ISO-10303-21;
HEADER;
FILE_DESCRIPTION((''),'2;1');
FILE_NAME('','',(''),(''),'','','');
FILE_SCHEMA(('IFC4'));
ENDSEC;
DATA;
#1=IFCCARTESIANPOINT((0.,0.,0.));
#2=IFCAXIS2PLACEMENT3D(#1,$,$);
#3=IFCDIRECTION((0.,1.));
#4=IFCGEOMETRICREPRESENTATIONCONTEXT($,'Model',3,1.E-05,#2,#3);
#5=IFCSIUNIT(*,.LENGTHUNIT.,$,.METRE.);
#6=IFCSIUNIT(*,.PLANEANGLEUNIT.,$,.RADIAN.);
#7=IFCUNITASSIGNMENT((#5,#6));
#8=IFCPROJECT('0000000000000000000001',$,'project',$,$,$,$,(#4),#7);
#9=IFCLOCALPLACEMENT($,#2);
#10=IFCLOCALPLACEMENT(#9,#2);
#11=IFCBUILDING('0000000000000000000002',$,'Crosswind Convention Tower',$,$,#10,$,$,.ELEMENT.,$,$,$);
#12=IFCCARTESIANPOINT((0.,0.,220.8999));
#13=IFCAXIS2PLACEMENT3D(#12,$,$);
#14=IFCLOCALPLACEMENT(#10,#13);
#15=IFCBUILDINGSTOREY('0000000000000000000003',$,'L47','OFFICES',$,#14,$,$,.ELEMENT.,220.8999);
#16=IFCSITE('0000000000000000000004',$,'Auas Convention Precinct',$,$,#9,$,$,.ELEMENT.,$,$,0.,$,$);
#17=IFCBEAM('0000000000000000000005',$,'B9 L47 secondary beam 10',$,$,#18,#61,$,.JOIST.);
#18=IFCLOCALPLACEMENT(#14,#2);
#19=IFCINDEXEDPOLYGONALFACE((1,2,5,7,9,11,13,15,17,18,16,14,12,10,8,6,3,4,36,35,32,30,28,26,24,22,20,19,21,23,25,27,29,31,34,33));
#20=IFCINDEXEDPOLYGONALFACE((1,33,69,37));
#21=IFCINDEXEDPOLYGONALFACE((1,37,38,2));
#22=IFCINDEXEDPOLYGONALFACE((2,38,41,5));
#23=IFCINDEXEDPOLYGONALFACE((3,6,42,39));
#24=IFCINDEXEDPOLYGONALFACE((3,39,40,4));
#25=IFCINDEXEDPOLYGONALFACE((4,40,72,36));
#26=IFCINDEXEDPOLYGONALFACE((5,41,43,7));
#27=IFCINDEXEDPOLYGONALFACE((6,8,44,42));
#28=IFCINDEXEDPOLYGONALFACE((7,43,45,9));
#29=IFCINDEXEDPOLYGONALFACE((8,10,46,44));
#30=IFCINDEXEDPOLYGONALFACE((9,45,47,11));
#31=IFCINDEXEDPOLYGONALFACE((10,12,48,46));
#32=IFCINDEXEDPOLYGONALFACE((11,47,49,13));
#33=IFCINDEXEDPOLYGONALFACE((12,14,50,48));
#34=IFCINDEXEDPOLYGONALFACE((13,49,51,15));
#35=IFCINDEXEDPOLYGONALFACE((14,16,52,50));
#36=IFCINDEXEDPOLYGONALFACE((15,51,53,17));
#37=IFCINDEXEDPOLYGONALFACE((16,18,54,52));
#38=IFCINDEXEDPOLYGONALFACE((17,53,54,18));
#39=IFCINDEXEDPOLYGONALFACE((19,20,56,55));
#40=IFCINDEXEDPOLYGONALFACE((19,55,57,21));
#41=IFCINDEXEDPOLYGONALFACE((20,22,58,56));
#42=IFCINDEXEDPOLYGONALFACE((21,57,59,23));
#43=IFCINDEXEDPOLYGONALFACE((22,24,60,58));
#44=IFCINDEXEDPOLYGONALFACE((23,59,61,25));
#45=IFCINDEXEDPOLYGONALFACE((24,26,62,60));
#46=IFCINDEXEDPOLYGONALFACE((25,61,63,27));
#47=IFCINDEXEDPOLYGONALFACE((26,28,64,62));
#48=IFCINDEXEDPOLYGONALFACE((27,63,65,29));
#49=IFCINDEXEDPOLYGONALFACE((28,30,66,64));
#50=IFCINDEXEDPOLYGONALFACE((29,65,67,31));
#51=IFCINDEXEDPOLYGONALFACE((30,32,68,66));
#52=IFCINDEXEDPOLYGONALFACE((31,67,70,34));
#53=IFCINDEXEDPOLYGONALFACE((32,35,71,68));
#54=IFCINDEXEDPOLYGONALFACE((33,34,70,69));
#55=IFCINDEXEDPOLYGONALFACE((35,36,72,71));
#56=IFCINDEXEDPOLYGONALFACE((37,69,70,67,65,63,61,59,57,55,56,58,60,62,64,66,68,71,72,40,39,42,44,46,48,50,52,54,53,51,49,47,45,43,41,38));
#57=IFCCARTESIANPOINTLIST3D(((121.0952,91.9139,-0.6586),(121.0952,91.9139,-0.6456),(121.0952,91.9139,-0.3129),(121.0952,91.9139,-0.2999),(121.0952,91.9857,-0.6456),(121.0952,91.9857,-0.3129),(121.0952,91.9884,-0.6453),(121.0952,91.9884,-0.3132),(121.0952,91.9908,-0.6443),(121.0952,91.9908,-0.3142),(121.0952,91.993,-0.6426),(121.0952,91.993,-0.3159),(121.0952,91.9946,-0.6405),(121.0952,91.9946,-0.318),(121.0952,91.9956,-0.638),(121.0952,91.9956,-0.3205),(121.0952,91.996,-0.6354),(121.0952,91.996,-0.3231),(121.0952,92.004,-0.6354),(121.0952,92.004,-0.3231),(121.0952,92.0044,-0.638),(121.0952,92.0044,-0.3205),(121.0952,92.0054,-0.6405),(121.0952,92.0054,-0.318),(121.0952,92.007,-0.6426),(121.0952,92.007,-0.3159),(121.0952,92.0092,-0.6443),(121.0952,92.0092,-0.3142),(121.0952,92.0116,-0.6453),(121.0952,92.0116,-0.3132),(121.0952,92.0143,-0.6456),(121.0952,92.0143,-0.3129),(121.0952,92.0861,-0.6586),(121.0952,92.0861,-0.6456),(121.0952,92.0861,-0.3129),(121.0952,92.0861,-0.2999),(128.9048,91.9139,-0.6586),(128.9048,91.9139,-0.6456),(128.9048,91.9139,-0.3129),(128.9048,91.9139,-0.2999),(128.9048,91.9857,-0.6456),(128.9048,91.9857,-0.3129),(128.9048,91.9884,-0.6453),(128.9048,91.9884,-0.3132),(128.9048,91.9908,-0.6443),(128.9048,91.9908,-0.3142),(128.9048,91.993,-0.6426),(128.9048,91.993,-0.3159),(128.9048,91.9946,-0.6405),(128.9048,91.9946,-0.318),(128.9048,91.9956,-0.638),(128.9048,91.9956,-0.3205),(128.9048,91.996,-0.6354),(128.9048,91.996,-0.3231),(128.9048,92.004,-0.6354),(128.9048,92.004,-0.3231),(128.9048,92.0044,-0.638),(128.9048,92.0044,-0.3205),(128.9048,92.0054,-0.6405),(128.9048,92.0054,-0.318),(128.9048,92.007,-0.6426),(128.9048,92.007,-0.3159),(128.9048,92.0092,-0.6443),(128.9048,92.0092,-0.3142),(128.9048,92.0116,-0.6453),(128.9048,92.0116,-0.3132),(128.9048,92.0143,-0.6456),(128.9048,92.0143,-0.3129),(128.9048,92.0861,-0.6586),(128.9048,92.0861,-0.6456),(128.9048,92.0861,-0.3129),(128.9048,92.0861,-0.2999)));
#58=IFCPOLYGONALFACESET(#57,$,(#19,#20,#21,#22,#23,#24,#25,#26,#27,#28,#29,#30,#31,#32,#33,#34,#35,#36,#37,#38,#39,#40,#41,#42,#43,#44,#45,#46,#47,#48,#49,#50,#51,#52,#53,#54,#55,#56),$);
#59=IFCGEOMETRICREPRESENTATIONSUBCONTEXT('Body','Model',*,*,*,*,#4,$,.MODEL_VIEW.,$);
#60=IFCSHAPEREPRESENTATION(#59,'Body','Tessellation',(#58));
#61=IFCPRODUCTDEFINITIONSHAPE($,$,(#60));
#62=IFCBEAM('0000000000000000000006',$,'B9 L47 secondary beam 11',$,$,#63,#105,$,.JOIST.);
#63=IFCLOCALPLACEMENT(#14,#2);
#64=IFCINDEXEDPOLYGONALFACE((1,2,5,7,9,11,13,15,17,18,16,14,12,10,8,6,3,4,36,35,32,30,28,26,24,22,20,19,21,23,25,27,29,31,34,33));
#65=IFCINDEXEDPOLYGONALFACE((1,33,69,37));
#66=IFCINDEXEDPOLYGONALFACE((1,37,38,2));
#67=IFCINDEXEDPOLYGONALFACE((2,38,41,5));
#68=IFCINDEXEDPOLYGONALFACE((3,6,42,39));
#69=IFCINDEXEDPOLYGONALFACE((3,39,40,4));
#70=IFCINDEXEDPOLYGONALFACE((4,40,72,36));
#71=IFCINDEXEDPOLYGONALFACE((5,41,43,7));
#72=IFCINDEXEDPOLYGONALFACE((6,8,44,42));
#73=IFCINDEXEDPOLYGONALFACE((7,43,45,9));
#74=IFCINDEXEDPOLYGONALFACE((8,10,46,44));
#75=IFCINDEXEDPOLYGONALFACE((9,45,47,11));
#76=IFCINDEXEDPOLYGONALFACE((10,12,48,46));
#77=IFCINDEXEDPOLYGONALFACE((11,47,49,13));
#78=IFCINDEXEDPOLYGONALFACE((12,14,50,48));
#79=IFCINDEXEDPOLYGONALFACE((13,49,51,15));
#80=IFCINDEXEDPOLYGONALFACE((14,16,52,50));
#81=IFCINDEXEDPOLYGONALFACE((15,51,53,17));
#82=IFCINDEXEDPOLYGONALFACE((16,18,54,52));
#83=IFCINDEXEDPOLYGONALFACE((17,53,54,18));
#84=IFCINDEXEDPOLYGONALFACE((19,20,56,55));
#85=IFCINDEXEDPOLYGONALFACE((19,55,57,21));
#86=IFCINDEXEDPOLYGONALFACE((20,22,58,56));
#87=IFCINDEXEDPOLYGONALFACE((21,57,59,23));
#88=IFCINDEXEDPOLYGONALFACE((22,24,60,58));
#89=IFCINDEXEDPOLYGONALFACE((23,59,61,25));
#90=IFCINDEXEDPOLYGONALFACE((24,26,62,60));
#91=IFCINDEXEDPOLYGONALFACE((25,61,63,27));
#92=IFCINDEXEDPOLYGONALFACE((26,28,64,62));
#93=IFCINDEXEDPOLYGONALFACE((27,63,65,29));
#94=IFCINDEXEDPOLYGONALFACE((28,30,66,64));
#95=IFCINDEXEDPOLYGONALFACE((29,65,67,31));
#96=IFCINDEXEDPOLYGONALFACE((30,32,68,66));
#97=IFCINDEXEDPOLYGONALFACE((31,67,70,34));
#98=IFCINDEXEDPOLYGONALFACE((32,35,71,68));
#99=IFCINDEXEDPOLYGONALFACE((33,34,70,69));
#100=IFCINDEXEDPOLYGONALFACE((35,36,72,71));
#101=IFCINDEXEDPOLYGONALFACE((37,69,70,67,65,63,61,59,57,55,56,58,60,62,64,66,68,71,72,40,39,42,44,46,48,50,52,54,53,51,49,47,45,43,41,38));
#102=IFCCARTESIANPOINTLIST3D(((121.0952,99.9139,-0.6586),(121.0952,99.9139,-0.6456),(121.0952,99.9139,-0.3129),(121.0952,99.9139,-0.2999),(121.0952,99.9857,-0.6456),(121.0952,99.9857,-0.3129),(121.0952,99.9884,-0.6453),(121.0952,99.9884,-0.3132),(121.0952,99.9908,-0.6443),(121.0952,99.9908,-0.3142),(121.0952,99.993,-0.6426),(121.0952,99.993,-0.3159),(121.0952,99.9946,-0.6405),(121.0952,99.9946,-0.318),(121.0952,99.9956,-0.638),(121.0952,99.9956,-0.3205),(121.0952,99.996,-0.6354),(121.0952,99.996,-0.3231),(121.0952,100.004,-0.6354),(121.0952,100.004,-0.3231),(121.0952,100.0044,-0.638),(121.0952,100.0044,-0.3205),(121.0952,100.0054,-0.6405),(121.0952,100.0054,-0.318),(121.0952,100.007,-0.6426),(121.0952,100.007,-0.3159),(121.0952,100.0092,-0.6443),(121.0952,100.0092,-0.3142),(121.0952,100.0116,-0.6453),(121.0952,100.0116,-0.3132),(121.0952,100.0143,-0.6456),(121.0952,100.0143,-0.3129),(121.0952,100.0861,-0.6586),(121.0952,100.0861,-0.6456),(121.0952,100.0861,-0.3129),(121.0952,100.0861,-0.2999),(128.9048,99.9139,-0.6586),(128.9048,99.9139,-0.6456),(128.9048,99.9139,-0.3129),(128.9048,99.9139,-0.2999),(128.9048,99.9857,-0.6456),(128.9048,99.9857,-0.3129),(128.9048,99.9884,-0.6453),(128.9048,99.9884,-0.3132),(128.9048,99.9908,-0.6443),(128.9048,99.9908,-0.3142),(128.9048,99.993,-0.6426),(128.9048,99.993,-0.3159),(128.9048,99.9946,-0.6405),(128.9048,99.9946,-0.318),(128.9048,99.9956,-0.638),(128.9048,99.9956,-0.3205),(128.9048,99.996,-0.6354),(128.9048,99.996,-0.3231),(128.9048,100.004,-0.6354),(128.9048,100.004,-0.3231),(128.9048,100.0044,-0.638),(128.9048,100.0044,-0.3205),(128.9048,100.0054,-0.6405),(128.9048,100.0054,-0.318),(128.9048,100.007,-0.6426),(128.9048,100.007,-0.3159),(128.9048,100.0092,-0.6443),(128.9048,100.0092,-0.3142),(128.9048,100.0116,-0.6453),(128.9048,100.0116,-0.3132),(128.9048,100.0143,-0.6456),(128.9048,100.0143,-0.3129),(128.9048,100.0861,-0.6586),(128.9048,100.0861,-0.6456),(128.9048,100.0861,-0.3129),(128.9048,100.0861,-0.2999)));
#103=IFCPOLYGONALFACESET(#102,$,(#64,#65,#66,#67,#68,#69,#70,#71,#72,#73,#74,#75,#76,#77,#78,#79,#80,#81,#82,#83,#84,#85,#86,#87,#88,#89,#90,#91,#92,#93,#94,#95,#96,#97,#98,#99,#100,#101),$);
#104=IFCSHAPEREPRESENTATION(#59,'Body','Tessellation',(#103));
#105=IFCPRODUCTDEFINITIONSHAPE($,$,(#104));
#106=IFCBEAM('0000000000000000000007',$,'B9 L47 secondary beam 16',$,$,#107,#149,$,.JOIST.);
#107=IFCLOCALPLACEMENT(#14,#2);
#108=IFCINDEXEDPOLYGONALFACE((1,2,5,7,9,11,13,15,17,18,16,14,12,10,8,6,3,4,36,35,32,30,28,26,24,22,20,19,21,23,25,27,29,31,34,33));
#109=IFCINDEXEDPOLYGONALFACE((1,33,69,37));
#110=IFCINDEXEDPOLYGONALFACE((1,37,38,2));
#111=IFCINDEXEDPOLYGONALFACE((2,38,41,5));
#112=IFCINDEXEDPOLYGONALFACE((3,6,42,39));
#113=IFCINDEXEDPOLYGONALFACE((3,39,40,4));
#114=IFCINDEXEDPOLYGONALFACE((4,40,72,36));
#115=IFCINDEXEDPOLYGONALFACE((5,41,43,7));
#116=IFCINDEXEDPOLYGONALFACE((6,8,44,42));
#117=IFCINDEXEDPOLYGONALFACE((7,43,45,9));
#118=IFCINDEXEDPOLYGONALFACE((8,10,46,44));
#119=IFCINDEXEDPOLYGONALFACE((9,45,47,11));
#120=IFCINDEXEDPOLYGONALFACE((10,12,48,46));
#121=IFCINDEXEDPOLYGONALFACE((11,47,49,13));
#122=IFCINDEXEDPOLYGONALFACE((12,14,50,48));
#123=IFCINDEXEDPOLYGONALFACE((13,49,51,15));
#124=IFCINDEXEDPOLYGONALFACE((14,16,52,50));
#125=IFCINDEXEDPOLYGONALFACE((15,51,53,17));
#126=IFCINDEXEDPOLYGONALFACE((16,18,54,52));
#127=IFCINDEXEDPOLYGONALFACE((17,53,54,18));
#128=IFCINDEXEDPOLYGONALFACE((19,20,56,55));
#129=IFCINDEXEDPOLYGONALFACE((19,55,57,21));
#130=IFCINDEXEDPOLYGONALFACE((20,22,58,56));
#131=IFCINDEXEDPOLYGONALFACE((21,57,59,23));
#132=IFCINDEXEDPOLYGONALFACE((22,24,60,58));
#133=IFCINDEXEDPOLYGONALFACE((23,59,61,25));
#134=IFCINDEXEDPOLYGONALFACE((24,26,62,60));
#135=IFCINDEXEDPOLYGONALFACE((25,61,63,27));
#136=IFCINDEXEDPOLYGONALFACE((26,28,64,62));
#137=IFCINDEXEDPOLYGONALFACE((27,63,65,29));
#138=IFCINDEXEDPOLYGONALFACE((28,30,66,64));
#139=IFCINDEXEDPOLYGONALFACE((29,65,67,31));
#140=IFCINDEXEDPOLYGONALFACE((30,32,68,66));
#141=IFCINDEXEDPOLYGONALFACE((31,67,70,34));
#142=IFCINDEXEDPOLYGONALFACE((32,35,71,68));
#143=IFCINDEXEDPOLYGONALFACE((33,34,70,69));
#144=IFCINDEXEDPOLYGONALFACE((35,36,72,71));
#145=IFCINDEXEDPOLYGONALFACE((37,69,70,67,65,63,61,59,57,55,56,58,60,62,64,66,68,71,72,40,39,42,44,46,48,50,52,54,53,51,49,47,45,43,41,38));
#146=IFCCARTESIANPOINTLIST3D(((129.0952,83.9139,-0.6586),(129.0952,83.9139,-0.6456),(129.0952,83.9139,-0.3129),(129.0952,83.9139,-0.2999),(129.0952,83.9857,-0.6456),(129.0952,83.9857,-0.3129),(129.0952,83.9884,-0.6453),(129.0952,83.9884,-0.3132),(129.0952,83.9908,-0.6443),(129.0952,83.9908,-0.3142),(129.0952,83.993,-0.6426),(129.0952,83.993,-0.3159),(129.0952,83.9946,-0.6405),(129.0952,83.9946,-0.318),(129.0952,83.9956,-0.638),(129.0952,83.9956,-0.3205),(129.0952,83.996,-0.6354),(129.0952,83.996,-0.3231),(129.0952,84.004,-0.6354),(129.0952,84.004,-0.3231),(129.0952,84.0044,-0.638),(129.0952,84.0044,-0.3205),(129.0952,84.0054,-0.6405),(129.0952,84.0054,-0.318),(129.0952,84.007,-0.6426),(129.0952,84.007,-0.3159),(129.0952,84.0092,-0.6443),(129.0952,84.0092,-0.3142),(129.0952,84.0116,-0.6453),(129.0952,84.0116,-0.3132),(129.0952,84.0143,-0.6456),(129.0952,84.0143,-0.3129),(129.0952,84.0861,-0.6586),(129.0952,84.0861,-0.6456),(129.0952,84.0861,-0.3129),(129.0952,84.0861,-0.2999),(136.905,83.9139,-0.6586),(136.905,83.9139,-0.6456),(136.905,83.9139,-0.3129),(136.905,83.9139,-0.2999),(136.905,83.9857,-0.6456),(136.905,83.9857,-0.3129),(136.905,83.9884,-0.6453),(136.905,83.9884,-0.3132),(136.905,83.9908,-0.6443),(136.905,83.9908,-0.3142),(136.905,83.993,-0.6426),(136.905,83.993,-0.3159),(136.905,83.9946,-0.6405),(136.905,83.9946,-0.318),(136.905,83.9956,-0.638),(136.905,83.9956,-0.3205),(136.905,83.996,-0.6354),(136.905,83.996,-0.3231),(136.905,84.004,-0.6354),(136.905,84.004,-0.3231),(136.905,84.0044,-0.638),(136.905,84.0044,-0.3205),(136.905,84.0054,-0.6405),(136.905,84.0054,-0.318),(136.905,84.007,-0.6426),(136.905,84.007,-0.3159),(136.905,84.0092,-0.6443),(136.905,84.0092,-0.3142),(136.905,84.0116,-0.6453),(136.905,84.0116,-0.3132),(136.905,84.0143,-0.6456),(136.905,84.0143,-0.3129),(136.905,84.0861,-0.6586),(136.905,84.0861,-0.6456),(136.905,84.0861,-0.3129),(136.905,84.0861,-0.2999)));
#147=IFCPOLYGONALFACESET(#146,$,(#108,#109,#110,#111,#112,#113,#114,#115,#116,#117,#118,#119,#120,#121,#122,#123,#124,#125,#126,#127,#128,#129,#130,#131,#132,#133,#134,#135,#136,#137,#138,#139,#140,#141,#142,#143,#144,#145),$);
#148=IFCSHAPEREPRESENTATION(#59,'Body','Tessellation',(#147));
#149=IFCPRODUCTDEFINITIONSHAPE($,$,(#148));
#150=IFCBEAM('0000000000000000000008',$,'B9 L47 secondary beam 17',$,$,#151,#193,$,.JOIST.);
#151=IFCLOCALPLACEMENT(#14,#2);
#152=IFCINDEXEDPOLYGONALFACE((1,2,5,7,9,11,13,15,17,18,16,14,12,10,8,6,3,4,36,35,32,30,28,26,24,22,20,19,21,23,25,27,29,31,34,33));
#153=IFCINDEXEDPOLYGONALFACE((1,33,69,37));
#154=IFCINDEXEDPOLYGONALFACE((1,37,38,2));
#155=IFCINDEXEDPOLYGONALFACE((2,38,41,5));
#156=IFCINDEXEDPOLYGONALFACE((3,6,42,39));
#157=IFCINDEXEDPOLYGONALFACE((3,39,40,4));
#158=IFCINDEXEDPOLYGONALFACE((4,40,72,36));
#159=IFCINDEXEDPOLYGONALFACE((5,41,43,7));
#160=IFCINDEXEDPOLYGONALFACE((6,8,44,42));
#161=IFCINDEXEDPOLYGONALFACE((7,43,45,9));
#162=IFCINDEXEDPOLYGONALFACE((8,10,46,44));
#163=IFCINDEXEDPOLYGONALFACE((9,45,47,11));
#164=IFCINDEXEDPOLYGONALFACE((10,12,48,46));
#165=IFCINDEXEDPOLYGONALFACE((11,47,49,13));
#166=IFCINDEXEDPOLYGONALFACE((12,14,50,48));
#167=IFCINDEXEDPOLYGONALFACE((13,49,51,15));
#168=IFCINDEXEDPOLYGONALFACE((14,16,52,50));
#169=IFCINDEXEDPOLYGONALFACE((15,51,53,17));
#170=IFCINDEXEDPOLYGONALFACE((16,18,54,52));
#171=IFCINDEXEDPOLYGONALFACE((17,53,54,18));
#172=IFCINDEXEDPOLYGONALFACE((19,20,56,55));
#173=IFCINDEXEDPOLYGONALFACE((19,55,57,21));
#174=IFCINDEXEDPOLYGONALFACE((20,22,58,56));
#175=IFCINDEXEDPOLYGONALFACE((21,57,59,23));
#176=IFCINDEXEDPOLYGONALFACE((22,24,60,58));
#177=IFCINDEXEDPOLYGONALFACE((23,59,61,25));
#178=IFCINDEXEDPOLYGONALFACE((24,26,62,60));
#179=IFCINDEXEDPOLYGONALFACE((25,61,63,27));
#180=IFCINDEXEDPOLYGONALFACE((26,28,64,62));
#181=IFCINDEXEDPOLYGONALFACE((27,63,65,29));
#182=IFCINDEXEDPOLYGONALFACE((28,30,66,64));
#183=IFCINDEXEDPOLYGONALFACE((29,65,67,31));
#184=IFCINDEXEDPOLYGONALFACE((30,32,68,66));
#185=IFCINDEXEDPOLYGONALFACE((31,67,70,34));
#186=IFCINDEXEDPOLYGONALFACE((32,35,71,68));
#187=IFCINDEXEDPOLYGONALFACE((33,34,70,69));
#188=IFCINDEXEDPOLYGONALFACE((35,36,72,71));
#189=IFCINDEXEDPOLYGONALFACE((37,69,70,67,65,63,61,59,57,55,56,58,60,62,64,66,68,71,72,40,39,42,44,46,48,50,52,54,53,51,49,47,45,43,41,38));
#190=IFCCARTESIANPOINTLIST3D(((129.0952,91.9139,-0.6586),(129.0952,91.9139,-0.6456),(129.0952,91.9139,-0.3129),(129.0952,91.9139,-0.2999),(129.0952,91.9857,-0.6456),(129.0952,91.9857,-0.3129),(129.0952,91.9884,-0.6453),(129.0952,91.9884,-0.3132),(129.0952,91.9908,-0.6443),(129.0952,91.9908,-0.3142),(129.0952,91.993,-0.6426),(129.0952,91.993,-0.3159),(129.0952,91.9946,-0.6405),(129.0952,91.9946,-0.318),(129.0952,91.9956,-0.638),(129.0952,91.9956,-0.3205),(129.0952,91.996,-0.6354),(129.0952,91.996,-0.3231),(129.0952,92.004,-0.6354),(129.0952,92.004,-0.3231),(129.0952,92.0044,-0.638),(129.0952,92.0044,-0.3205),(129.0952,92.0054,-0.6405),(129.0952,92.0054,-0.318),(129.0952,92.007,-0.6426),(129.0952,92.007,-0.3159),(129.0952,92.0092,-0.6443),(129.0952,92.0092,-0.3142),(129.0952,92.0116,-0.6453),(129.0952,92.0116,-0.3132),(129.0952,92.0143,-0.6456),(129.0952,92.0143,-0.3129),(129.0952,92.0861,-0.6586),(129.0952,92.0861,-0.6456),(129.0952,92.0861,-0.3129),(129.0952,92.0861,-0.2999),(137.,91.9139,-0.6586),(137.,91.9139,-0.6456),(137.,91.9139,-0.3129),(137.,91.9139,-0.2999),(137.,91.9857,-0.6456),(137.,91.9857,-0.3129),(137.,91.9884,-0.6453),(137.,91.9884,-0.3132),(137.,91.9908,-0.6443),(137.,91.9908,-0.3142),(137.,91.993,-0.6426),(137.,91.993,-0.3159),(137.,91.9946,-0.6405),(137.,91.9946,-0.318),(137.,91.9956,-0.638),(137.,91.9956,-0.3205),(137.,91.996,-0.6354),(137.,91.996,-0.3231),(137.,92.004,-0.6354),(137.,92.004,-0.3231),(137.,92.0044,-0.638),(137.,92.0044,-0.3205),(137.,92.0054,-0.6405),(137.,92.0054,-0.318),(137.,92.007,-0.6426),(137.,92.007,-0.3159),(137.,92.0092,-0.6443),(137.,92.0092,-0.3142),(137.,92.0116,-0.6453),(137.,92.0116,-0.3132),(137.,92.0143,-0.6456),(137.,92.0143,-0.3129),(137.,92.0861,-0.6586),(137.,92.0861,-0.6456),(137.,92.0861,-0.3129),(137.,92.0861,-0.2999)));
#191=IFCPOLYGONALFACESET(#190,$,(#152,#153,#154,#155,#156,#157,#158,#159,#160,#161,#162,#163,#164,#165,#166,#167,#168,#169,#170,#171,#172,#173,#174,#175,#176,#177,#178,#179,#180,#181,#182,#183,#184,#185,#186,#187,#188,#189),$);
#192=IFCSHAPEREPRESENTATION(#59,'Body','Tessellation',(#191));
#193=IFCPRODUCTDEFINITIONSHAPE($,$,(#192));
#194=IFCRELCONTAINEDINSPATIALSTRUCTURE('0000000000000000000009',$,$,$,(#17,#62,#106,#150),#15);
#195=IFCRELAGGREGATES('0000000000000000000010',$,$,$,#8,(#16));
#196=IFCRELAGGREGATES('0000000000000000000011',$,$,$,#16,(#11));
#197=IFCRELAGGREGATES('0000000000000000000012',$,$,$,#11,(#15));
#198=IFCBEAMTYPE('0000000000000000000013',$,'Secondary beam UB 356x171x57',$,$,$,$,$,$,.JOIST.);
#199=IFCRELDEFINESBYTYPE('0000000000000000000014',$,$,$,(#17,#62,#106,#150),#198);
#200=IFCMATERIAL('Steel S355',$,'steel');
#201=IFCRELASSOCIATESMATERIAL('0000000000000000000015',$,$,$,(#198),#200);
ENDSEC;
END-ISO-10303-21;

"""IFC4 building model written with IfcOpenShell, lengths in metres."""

from ifc_helpers import new_model, si_unit, direction, frame, origin, origin_2d, place, context, subcontext, project, spatial, i_section, extrude, material, material_profile, profile_set, type_object, element, save


model = new_model("IFC4")

# Units and contexts
model_context = context("Model", 3, precision=1e-05, world=origin(), true_north=direction((0.0, 1.0)))
body_context = subcontext(model_context, "Body", "Model", "MODEL_VIEW")
ifc_project = project(units=[si_unit("LENGTHUNIT", "METRE"), si_unit("PLANEANGLEUNIT", "RADIAN")], contexts=[model_context])

# Site, building, storey
site_placement = place(None, origin())
site = spatial("IfcSite", under=ifc_project, at=site_placement, Name="Auas Convention Precinct", CompositionType="ELEMENT", RefElevation=0.0)
building_placement = place(site_placement, origin())
building = spatial("IfcBuilding", under=site, at=building_placement, Name="Crosswind Convention Tower", CompositionType="ELEMENT")
storey_placement = place(building_placement, frame((0.0, 0.0, 220.8999)))
storey = spatial("IfcBuildingStorey", under=building, at=storey_placement, Name="L47", Description="OFFICES", CompositionType="ELEMENT", Elevation=220.8999)

# Beams
ifc_material_1 = material(Name="Steel S355", Category="steel")
ifc_material_profile_1 = material_profile(ifc_material_1, i_section(OverallWidth=0.1721, OverallDepth=0.3586, WebThickness=0.0081, FlangeThickness=0.0129, FilletRadius=0.0103, at=origin_2d()), Name="UB 356x171x57")
ifc_profile_set_1 = profile_set([ifc_material_profile_1], Name="Steel S355")
beam_type_1 = type_object("IfcBeamType", Name="Secondary beam UB 356x171x57", PredefinedType="JOIST", material=ifc_profile_set_1)
for number, where, z_axis, x_axis, name in (
    (1, (121.0952, 92.0, -0.4792), (1.0, 0.0, 0.0), (0.0, 1.0, 0.0), "B9 L47 secondary beam 10"),
    (2, (121.0952, 100.0, -0.4792), (1.0, 0.0, 0.0), (0.0, 1.0, 0.0), "B9 L47 secondary beam 11"),
):
    element("IfcBeam", number, at=place(storey_placement, frame(where, z_axis=z_axis, x_axis=x_axis)), inside=storey, type_object=beam_type_1, Name=name, PredefinedType="JOIST", context=body_context, shape_type="SweptSolid", body=[
        extrude(i_section(OverallWidth=0.1721, OverallDepth=0.3586, WebThickness=0.0081, FlangeThickness=0.0129, FilletRadius=0.0103, at=origin_2d()), origin(), (0.0, 0.0, 1.0), 7.8096),
    ])
beam_placement = place(storey_placement, frame((129.0952, 84.0, -0.4792), z_axis=(1.0, 0.0, 0.0), x_axis=(0.0, 1.0, 0.0)))
element("IfcBeam", 3, at=beam_placement, inside=storey, type_object=beam_type_1, Name="B9 L47 secondary beam 16", PredefinedType="JOIST", context=body_context, shape_type="SweptSolid", body=[
    extrude(i_section(OverallWidth=0.1721, OverallDepth=0.3586, WebThickness=0.0081, FlangeThickness=0.0129, FilletRadius=0.0103, at=origin_2d()), origin(), (0.0, 0.0, 1.0), 7.8098),
])
for number, where, z_axis, x_axis, name in (
    (4, (129.0952, 92.0, -0.4792), (1.0, 0.0, 0.0), (0.0, 1.0, 0.0), "B9 L47 secondary beam 17"),
):
    element("IfcBeam", number, at=place(storey_placement, frame(where, z_axis=z_axis, x_axis=x_axis)), inside=storey, type_object=beam_type_1, Name=name, PredefinedType="JOIST", context=body_context, shape_type="SweptSolid", body=[
        extrude(i_section(OverallWidth=0.1721, OverallDepth=0.3586, WebThickness=0.0081, FlangeThickness=0.0129, FilletRadius=0.0103, at=origin_2d()), origin(), (0.0, 0.0, 1.0), 7.9048),
    ])

save(model, "model.ifc")
